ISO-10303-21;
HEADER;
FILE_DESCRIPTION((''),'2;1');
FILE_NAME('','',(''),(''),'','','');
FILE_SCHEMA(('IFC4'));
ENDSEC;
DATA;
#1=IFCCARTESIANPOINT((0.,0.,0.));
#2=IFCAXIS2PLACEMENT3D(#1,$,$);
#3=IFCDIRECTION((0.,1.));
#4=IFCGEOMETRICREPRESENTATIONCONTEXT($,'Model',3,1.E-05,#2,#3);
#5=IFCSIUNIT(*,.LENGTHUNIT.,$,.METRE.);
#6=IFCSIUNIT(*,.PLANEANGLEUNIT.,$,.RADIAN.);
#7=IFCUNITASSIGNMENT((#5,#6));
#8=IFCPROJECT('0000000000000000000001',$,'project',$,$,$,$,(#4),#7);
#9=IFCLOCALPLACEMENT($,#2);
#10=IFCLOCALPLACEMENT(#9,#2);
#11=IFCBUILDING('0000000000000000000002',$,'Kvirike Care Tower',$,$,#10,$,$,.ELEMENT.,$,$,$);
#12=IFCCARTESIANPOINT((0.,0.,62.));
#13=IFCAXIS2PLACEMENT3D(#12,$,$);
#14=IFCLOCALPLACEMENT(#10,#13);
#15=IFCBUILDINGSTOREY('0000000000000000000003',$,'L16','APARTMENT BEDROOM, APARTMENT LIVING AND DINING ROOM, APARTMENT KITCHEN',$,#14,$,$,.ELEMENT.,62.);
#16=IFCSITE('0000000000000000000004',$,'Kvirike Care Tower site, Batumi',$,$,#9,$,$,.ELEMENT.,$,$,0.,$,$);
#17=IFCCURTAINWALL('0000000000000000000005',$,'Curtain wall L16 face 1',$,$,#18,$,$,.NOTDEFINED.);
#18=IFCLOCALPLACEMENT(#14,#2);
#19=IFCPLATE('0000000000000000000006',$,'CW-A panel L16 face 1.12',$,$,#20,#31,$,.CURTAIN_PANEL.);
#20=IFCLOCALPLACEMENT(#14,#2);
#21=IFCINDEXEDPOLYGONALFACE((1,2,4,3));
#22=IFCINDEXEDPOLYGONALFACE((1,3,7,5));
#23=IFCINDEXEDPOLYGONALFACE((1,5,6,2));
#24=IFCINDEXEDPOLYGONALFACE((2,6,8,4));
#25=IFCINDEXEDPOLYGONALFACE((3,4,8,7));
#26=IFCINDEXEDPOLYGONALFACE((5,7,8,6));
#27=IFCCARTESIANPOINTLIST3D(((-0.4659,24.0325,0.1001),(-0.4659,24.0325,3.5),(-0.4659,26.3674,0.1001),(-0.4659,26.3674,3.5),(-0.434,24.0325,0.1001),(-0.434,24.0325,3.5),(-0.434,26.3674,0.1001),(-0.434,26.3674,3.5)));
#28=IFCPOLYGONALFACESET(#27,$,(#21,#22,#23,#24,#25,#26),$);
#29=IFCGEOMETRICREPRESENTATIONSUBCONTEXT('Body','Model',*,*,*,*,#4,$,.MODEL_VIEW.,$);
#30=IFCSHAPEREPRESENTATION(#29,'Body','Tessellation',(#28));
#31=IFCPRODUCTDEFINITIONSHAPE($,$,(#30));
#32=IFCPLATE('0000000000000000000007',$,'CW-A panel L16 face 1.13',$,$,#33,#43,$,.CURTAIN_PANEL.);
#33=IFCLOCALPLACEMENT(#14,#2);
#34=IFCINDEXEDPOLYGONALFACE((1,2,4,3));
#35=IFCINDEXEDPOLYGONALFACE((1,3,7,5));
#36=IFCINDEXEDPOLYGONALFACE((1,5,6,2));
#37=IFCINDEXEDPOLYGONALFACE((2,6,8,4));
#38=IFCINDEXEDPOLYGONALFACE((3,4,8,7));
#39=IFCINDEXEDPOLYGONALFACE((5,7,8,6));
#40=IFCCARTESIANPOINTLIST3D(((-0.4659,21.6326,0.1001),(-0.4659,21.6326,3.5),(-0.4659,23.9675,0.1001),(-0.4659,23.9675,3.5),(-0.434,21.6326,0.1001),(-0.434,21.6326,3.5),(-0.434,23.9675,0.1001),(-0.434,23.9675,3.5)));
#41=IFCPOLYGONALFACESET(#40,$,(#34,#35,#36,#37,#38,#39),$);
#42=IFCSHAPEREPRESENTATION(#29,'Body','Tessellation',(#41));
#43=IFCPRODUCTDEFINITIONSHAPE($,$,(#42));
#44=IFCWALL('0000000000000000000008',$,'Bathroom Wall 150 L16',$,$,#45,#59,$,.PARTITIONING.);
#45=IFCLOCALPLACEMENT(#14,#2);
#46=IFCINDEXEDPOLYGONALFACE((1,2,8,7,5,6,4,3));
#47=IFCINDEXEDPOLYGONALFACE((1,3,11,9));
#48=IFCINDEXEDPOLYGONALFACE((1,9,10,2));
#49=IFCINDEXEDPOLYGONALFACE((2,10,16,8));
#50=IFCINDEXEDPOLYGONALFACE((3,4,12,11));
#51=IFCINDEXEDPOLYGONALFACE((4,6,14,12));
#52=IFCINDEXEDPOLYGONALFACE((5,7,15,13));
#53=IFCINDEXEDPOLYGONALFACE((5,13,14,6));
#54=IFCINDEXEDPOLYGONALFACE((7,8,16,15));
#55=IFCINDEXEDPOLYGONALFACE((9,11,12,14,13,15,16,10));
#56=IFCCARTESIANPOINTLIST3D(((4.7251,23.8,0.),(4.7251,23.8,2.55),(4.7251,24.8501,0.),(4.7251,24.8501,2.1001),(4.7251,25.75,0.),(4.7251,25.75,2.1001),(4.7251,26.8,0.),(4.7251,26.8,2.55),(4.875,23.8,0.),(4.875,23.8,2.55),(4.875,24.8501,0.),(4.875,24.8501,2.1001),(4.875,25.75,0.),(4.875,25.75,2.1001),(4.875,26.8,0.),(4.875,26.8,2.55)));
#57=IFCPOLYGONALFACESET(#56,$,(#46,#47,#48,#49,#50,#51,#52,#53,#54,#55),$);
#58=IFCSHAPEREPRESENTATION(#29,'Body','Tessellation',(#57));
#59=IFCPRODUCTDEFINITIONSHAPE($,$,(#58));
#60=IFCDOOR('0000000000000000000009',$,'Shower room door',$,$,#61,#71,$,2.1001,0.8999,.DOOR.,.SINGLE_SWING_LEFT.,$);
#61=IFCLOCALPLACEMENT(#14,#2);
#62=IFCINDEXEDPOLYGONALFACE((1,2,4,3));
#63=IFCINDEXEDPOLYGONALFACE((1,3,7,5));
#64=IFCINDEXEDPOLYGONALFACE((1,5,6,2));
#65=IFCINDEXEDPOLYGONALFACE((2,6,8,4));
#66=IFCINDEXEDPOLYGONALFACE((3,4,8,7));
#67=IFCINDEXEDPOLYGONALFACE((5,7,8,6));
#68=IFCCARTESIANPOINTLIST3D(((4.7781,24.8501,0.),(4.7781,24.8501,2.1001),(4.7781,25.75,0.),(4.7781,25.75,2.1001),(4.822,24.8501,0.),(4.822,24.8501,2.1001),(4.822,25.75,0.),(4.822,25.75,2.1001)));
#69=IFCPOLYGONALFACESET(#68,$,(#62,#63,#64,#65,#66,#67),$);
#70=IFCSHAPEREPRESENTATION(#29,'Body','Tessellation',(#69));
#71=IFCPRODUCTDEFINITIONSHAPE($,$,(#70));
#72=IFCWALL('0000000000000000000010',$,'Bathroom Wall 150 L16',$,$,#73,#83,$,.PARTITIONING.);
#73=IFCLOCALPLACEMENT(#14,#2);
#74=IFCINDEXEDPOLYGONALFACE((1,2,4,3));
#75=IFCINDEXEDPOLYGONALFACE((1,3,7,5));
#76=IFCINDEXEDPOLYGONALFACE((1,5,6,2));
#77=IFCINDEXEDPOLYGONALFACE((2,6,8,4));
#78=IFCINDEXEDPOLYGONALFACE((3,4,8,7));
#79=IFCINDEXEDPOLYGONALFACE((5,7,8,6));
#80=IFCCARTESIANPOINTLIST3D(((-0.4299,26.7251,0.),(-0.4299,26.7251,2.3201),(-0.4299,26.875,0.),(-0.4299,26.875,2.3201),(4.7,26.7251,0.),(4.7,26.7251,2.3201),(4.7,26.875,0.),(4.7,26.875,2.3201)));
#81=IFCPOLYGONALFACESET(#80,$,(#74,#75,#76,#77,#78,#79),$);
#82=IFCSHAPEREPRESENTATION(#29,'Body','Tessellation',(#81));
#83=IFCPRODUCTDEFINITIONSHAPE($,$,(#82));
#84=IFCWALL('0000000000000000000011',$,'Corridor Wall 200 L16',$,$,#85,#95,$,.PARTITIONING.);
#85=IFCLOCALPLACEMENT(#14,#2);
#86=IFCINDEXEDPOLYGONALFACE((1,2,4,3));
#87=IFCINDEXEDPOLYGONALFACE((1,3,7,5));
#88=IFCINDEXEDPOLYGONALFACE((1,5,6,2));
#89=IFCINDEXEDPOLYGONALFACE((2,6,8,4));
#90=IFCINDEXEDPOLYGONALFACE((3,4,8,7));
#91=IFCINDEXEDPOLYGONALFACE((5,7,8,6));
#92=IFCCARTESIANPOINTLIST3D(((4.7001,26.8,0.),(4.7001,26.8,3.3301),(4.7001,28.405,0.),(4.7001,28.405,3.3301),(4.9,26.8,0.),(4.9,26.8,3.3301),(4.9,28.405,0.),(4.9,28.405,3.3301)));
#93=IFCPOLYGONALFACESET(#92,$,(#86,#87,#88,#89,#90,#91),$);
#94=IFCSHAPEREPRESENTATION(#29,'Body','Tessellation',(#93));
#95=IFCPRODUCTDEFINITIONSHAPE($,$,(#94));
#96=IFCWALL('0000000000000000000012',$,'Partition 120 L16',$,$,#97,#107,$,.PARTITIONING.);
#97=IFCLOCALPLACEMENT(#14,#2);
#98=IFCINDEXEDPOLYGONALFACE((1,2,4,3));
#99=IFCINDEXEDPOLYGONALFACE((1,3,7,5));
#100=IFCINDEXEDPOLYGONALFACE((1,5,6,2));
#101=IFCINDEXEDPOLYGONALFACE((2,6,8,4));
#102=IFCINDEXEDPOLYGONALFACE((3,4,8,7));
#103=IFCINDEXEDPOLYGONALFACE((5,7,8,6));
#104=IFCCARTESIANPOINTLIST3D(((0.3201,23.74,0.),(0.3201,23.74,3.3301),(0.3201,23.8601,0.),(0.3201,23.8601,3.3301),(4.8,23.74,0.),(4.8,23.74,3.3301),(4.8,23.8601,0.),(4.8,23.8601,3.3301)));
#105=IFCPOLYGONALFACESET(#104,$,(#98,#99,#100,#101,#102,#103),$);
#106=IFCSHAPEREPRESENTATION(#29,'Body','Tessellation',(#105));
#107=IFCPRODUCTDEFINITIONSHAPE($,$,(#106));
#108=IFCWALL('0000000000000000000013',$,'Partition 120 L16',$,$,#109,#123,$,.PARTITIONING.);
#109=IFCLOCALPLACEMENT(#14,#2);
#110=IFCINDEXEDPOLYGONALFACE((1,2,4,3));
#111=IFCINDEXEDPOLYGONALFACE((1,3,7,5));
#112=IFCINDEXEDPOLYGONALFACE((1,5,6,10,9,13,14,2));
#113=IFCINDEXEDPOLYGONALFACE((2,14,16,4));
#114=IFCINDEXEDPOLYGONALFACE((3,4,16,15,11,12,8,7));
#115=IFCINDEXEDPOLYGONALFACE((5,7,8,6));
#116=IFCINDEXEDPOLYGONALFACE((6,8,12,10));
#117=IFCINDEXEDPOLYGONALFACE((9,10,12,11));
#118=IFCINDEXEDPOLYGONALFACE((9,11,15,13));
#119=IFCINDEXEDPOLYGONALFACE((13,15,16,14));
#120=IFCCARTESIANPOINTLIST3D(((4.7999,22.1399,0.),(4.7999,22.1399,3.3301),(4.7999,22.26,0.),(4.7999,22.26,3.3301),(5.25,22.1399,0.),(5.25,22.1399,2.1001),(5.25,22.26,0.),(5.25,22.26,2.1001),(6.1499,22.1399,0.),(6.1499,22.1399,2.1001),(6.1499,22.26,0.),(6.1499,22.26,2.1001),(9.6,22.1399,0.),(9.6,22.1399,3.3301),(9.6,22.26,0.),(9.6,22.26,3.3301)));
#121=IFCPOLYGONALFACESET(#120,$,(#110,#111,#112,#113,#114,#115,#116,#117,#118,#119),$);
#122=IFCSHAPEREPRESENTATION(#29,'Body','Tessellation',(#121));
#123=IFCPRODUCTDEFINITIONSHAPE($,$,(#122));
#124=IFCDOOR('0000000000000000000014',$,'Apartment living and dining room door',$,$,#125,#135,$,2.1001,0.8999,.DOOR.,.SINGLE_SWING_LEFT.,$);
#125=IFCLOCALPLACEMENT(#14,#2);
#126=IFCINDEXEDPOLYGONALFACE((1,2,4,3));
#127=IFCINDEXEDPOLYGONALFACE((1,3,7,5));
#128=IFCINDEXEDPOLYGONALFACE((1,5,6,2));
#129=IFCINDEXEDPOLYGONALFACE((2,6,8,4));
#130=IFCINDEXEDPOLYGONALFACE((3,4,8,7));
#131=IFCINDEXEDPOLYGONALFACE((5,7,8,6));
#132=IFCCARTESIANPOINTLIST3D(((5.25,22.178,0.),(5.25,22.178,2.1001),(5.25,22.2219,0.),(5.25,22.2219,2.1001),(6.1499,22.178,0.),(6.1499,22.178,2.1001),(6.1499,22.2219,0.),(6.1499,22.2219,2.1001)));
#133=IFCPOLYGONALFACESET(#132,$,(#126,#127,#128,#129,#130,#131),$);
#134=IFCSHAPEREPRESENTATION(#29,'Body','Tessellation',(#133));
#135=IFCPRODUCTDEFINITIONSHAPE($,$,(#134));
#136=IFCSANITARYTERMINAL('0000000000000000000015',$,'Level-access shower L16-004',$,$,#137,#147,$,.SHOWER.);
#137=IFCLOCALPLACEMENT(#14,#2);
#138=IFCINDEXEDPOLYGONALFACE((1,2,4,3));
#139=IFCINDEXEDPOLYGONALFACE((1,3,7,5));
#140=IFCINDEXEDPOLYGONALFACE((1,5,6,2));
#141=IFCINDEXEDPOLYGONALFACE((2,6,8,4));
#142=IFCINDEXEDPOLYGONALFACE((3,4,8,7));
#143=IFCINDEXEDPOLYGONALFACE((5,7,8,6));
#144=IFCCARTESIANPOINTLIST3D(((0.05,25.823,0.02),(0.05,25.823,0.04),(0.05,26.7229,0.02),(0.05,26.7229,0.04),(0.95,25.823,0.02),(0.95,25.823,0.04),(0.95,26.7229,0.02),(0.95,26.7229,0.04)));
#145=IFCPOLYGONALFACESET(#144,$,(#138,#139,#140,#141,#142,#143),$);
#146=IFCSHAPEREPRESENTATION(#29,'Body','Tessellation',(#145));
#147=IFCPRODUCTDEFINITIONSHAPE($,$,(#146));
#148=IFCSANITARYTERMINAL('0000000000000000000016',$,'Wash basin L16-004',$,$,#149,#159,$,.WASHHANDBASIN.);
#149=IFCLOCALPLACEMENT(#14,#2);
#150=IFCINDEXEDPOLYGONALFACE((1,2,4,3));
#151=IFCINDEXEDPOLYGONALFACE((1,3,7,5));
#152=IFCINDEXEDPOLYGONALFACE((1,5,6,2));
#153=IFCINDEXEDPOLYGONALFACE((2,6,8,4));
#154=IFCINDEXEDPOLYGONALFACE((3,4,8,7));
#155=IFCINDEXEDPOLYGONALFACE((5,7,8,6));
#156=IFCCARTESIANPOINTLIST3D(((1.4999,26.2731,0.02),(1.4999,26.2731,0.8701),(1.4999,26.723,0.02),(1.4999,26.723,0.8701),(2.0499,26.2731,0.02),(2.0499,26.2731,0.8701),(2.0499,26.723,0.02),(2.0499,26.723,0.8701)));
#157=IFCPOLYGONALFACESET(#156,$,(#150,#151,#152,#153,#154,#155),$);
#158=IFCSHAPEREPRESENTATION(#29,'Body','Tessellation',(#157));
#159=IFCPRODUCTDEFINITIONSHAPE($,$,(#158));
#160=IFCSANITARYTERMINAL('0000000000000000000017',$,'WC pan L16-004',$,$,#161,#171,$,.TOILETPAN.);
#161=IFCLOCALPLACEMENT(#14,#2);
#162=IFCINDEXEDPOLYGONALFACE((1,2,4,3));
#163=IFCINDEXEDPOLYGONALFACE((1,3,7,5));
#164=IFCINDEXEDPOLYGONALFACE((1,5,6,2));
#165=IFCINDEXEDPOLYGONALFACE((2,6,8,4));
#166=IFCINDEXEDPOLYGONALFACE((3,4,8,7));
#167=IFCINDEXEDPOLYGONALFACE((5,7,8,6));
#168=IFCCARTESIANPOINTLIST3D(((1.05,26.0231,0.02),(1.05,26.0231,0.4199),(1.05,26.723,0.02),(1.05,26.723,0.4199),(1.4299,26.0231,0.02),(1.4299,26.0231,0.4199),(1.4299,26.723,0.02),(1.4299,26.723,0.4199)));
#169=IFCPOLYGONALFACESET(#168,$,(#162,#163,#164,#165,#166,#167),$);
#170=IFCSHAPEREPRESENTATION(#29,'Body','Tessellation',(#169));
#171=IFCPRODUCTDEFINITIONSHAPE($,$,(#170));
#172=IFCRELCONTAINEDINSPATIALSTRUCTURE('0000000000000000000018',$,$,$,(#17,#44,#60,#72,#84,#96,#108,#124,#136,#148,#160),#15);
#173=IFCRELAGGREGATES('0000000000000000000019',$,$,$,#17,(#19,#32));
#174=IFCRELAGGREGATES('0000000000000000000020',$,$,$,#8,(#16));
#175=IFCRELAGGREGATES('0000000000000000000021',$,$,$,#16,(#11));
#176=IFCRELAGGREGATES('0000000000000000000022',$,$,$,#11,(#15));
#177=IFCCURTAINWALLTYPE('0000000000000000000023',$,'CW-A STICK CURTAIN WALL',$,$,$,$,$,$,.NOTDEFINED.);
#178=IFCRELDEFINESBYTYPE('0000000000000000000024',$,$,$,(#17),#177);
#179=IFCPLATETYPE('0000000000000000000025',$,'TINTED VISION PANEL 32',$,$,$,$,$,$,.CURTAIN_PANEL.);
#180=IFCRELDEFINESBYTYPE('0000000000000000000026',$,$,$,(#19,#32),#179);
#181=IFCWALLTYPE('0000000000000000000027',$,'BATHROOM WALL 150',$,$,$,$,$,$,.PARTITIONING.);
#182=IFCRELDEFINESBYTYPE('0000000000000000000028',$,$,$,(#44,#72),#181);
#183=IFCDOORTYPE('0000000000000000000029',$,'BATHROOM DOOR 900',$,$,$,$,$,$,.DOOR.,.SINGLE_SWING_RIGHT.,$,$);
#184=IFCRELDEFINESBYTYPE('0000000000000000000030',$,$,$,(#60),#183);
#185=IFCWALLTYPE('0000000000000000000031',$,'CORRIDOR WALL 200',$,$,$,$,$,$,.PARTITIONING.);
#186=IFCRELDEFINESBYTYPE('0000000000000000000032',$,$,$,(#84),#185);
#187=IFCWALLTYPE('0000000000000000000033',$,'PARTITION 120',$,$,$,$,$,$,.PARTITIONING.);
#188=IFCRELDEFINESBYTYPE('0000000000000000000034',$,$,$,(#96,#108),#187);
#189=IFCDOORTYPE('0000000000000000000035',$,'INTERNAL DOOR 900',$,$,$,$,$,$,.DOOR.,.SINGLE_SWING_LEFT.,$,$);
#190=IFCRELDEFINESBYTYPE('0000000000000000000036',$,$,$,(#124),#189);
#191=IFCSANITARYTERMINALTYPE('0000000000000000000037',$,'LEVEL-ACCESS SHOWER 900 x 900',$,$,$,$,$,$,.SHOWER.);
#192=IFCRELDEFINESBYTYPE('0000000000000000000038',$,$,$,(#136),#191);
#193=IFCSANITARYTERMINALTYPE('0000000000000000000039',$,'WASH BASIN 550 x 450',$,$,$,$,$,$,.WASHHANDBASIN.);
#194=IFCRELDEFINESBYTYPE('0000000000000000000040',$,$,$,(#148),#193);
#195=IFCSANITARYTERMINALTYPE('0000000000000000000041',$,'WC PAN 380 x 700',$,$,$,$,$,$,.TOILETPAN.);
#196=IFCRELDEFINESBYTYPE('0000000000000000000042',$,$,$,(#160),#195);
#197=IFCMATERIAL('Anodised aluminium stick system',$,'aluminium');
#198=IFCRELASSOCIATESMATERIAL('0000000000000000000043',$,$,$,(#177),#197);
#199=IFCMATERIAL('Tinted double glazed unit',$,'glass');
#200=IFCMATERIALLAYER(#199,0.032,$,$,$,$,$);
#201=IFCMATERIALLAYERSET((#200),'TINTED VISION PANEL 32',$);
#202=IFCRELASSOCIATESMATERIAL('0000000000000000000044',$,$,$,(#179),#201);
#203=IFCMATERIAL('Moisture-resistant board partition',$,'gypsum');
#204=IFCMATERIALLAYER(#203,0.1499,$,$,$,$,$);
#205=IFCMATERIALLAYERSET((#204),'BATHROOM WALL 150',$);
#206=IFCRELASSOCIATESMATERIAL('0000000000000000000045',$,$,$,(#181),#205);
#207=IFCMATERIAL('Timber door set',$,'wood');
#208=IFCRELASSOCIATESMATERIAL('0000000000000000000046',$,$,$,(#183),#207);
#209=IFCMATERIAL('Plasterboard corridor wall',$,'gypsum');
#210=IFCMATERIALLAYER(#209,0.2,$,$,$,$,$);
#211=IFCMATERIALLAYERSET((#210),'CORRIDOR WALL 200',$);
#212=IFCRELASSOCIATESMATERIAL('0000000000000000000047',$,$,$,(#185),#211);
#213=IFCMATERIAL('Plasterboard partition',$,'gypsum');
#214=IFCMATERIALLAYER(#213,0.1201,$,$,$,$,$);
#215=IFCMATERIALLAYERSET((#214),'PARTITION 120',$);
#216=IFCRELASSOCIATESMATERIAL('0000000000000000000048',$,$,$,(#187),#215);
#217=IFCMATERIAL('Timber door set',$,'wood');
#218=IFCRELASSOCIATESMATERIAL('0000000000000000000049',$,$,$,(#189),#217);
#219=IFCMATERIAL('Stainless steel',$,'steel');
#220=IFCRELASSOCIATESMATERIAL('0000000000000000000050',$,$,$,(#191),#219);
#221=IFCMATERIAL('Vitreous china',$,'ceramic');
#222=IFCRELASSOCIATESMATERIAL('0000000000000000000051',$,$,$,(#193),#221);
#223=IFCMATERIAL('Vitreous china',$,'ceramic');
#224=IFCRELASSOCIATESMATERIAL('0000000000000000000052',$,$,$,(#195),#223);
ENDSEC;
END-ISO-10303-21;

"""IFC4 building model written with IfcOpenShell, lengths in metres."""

from ifc_helpers import new_model, si_unit, direction, frame, frame_2d, origin, origin_2d, place, context, subcontext, project, spatial, rectangle, extrude, material, layer, layer_set, type_object, element, fill, aggregate, save


model = new_model("IFC4")

# Units and contexts
model_context = context("Model", 3, precision=1e-05, world=origin(), true_north=direction((0.0, 1.0)))
body_context = subcontext(model_context, "Body", "Model", "MODEL_VIEW")
ifc_project = project(units=[si_unit("LENGTHUNIT", "METRE"), si_unit("PLANEANGLEUNIT", "RADIAN")], contexts=[model_context])

# Site, building, storey
site_placement = place(None, origin())
site = spatial("IfcSite", under=ifc_project, at=site_placement, Name="Kvirike Care Tower site, Batumi", CompositionType="ELEMENT", RefElevation=0.0)
building_placement = place(site_placement, origin())
building = spatial("IfcBuilding", under=site, at=building_placement, Name="Kvirike Care Tower", CompositionType="ELEMENT")
storey_placement = place(building_placement, frame((0.0, 0.0, 62.0)))
storey = spatial("IfcBuildingStorey", under=building, at=storey_placement, Name="L16", Description="APARTMENT BEDROOM, APARTMENT LIVING AND DINING ROOM, APARTMENT KITCHEN", CompositionType="ELEMENT", Elevation=62.0)

# Curtain wall
ifc_material_1 = material(Name="Anodised aluminium stick system", Category="aluminium")
curtain_wall_type = type_object("IfcCurtainWallType", Name="CW-A STICK CURTAIN WALL", PredefinedType="NOTDEFINED", material=ifc_material_1)
curtain_wall_placement = place(storey_placement, origin())
curtain_wall = element("IfcCurtainWall", 1, at=curtain_wall_placement, inside=storey, type_object=curtain_wall_type, Name="Curtain wall L16 face 1", PredefinedType="NOTDEFINED")

# Plates
ifc_material_2 = material(Name="Tinted double glazed unit", Category="glass")
ifc_layer_1 = layer(ifc_material_2, 0.032)
ifc_layer_set_1 = layer_set([ifc_layer_1], Name="TINTED VISION PANEL 32")
plate_type = type_object("IfcPlateType", Name="TINTED VISION PANEL 32", PredefinedType="CURTAIN_PANEL", material=ifc_layer_set_1)
plate_1_placement = place(storey_placement, frame((-0.45, 25.2, 0.1001), z_axis=(0.0, 0.0, 1.0), x_axis=(0.0, -1.0, 0.0)))
plate_1 = element("IfcPlate", 2, at=plate_1_placement, type_object=plate_type, Name="CW-A panel L16 face 1.12", PredefinedType="CURTAIN_PANEL", context=body_context, shape_type="SweptSolid", body=[
    extrude(rectangle(XDim=2.335, YDim=0.032, at=origin_2d()), origin(), (0.0, 0.0, 1.0), 3.3999),
])
plate_2_placement = place(storey_placement, frame((-0.45, 22.8, 0.1001), z_axis=(0.0, 0.0, 1.0), x_axis=(0.0, -1.0, 0.0)))
plate_2 = element("IfcPlate", 3, at=plate_2_placement, type_object=plate_type, Name="CW-A panel L16 face 1.13", PredefinedType="CURTAIN_PANEL", context=body_context, shape_type="SweptSolid", body=[
    extrude(rectangle(XDim=2.335, YDim=0.032, at=origin_2d()), origin(), (0.0, 0.0, 1.0), 3.3999),
])
aggregate(curtain_wall, [plate_1, plate_2])

# Wall, opening, door
ifc_material_3 = material(Name="Moisture-resistant board partition", Category="gypsum")
ifc_layer_2 = layer(ifc_material_3, 0.1499)
ifc_layer_set_2 = layer_set([ifc_layer_2], Name="BATHROOM WALL 150")
wall_type_1 = type_object("IfcWallType", Name="BATHROOM WALL 150", PredefinedType="PARTITIONING", material=ifc_layer_set_2)
wall_1_placement = place(storey_placement, frame((4.8, 23.8, 0.0), z_axis=(0.0, 0.0, 1.0), x_axis=(0.0, 1.0, 0.0)))
wall_1 = element("IfcWall", 4, at=wall_1_placement, inside=storey, type_object=wall_type_1, Name="Bathroom Wall 150 L16", PredefinedType="PARTITIONING", context=body_context, shape_type="SweptSolid", body=[
    extrude(rectangle(XDim=3.0, YDim=0.1499, at=frame_2d((1.5, 0.0))), origin(), (0.0, 0.0, 1.0), 2.55),
])
opening_1_placement = place(wall_1_placement, frame((1.05, 0.0, 0.0)))
opening_1 = element("IfcOpeningElement", 5, at=opening_1_placement, cuts=wall_1, PredefinedType="OPENING", context=body_context, shape_type="SweptSolid", body=[
    extrude(rectangle(XDim=0.8999, YDim=2.1001, at=frame_2d((0.45, 1.05))), frame((0.0, 0.0854, 0.0), z_axis=(0.0, -1.0, 0.0), x_axis=(1.0, 0.0, 0.0)), (0.0, 0.0, 1.0), 0.1709),
])
ifc_material_4 = material(Name="Timber door set", Category="wood")
door_type_1 = type_object("IfcDoorType", Name="BATHROOM DOOR 900", OperationType="SINGLE_SWING_RIGHT", PredefinedType="DOOR", material=ifc_material_4)
door_1_placement = place(opening_1_placement, origin())
door_1 = element("IfcDoor", 6, at=door_1_placement, inside=storey, type_object=door_type_1, Name="Shower room door", OperationType="SINGLE_SWING_LEFT", OverallHeight=2.1001, OverallWidth=0.8999, PredefinedType="DOOR", context=body_context, shape_type="SweptSolid", body=[
    extrude(rectangle(XDim=0.8999, YDim=2.1001, at=frame_2d((0.45, 1.05))), frame((0.0, 0.022, 0.0), z_axis=(0.0, -1.0, 0.0), x_axis=(1.0, 0.0, 0.0)), (0.0, 0.0, 1.0), 0.0439),
])
fill(opening_1, door_1)

# Walls
wall_2_placement = place(storey_placement, frame((-0.4299, 26.8, 0.0), z_axis=(0.0, 0.0, 1.0), x_axis=(1.0, 0.0, 0.0)))
element("IfcWall", 7, at=wall_2_placement, inside=storey, type_object=wall_type_1, Name="Bathroom Wall 150 L16", PredefinedType="PARTITIONING", context=body_context, shape_type="SweptSolid", body=[
    extrude(rectangle(XDim=5.1299, YDim=0.1499, at=frame_2d((2.5649, 0.0))), origin(), (0.0, 0.0, 1.0), 2.3201),
])
ifc_material_5 = material(Name="Plasterboard corridor wall", Category="gypsum")
ifc_layer_3 = layer(ifc_material_5, 0.2)
ifc_layer_set_3 = layer_set([ifc_layer_3], Name="CORRIDOR WALL 200")
wall_type_2 = type_object("IfcWallType", Name="CORRIDOR WALL 200", PredefinedType="PARTITIONING", material=ifc_layer_set_3)
wall_3_placement = place(storey_placement, frame((4.8, 26.8, 0.0), z_axis=(0.0, 0.0, 1.0), x_axis=(0.0, 1.0, 0.0)))
element("IfcWall", 8, at=wall_3_placement, inside=storey, type_object=wall_type_2, Name="Corridor Wall 200 L16", PredefinedType="PARTITIONING", context=body_context, shape_type="SweptSolid", body=[
    extrude(rectangle(XDim=1.605, YDim=0.2, at=frame_2d((0.8025, 0.0))), origin(), (0.0, 0.0, 1.0), 3.3301),
])
ifc_material_6 = material(Name="Plasterboard partition", Category="gypsum")
ifc_layer_4 = layer(ifc_material_6, 0.1201)
ifc_layer_set_4 = layer_set([ifc_layer_4], Name="PARTITION 120")
wall_type_3 = type_object("IfcWallType", Name="PARTITION 120", PredefinedType="PARTITIONING", material=ifc_layer_set_4)
wall_4_placement = place(storey_placement, frame((0.3201, 23.8, 0.0), z_axis=(0.0, 0.0, 1.0), x_axis=(1.0, 0.0, 0.0)))
element("IfcWall", 9, at=wall_4_placement, inside=storey, type_object=wall_type_3, Name="Partition 120 L16", PredefinedType="PARTITIONING", context=body_context, shape_type="SweptSolid", body=[
    extrude(rectangle(XDim=4.48, YDim=0.1201, at=frame_2d((2.24, 0.0))), origin(), (0.0, 0.0, 1.0), 3.3301),
])

# Wall, opening, door
wall_5_placement = place(storey_placement, frame((4.8, 22.2, 0.0), z_axis=(0.0, 0.0, 1.0), x_axis=(1.0, 0.0, 0.0)))
wall_5 = element("IfcWall", 10, at=wall_5_placement, inside=storey, type_object=wall_type_3, Name="Partition 120 L16", PredefinedType="PARTITIONING", context=body_context, shape_type="SweptSolid", body=[
    extrude(rectangle(XDim=4.8, YDim=0.1201, at=frame_2d((2.3999, 0.0))), origin(), (0.0, 0.0, 1.0), 3.3301),
])
opening_2_placement = place(wall_5_placement, frame((0.45, 0.0, 0.0)))
opening_2 = element("IfcOpeningElement", 11, at=opening_2_placement, cuts=wall_5, PredefinedType="OPENING", context=body_context, shape_type="SweptSolid", body=[
    extrude(rectangle(XDim=0.8999, YDim=2.1001, at=frame_2d((0.45, 1.05))), frame((0.0, 0.0706, 0.0), z_axis=(0.0, -1.0, 0.0), x_axis=(1.0, 0.0, 0.0)), (0.0, 0.0, 1.0), 0.1411),
])
ifc_material_7 = material(Name="Timber door set", Category="wood")
door_type_2 = type_object("IfcDoorType", Name="INTERNAL DOOR 900", OperationType="SINGLE_SWING_LEFT", PredefinedType="DOOR", material=ifc_material_7)
door_2_placement = place(opening_2_placement, origin())
door_2 = element("IfcDoor", 12, at=door_2_placement, inside=storey, type_object=door_type_2, Name="Apartment living and dining room door", OperationType="SINGLE_SWING_LEFT", OverallHeight=2.1001, OverallWidth=0.8999, PredefinedType="DOOR", context=body_context, shape_type="SweptSolid", body=[
    extrude(rectangle(XDim=0.8999, YDim=2.1001, at=frame_2d((0.45, 1.05))), frame((0.0, 0.022, 0.0), z_axis=(0.0, -1.0, 0.0), x_axis=(1.0, 0.0, 0.0)), (0.0, 0.0, 1.0), 0.0439),
])
fill(opening_2, door_2)

# Sanitary terminals
ifc_material_8 = material(Name="Stainless steel", Category="steel")
sanitary_terminal_type_1 = type_object("IfcSanitaryTerminalType", Name="LEVEL-ACCESS SHOWER 900 x 900", PredefinedType="SHOWER", material=ifc_material_8)
sanitary_terminal_1_placement = place(storey_placement, frame((0.5, 26.2729, 0.02), z_axis=(0.0, 0.0, 1.0), x_axis=(1.0, 0.0, 0.0)))
element("IfcSanitaryTerminal", 13, at=sanitary_terminal_1_placement, inside=storey, type_object=sanitary_terminal_type_1, Name="Level-access shower L16-004", PredefinedType="SHOWER", context=body_context, shape_type="SweptSolid", body=[
    extrude(rectangle(XDim=0.8999, YDim=0.8999, at=origin_2d()), origin(), (0.0, 0.0, 1.0), 0.02),
])
ifc_material_9 = material(Name="Vitreous china", Category="ceramic")
sanitary_terminal_type_2 = type_object("IfcSanitaryTerminalType", Name="WASH BASIN 550 x 450", PredefinedType="WASHHANDBASIN", material=ifc_material_9)
sanitary_terminal_2_placement = place(storey_placement, frame((1.7749, 26.498, 0.02), z_axis=(0.0, 0.0, 1.0), x_axis=(1.0, 0.0, 0.0)))
element("IfcSanitaryTerminal", 14, at=sanitary_terminal_2_placement, inside=storey, type_object=sanitary_terminal_type_2, Name="Wash basin L16-004", PredefinedType="WASHHANDBASIN", context=body_context, shape_type="SweptSolid", body=[
    extrude(rectangle(XDim=0.55, YDim=0.45, at=origin_2d()), origin(), (0.0, 0.0, 1.0), 0.8501),
])
ifc_material_10 = material(Name="Vitreous china", Category="ceramic")
sanitary_terminal_type_3 = type_object("IfcSanitaryTerminalType", Name="WC PAN 380 x 700", PredefinedType="TOILETPAN", material=ifc_material_10)
sanitary_terminal_3_placement = place(storey_placement, frame((1.24, 26.373, 0.02), z_axis=(0.0, 0.0, 1.0), x_axis=(1.0, 0.0, 0.0)))
element("IfcSanitaryTerminal", 15, at=sanitary_terminal_3_placement, inside=storey, type_object=sanitary_terminal_type_3, Name="WC pan L16-004", PredefinedType="TOILETPAN", context=body_context, shape_type="SweptSolid", body=[
    extrude(rectangle(XDim=0.3799, YDim=0.7, at=origin_2d()), origin(), (0.0, 0.0, 1.0), 0.3999),
])

save(model, "model.ifc")
